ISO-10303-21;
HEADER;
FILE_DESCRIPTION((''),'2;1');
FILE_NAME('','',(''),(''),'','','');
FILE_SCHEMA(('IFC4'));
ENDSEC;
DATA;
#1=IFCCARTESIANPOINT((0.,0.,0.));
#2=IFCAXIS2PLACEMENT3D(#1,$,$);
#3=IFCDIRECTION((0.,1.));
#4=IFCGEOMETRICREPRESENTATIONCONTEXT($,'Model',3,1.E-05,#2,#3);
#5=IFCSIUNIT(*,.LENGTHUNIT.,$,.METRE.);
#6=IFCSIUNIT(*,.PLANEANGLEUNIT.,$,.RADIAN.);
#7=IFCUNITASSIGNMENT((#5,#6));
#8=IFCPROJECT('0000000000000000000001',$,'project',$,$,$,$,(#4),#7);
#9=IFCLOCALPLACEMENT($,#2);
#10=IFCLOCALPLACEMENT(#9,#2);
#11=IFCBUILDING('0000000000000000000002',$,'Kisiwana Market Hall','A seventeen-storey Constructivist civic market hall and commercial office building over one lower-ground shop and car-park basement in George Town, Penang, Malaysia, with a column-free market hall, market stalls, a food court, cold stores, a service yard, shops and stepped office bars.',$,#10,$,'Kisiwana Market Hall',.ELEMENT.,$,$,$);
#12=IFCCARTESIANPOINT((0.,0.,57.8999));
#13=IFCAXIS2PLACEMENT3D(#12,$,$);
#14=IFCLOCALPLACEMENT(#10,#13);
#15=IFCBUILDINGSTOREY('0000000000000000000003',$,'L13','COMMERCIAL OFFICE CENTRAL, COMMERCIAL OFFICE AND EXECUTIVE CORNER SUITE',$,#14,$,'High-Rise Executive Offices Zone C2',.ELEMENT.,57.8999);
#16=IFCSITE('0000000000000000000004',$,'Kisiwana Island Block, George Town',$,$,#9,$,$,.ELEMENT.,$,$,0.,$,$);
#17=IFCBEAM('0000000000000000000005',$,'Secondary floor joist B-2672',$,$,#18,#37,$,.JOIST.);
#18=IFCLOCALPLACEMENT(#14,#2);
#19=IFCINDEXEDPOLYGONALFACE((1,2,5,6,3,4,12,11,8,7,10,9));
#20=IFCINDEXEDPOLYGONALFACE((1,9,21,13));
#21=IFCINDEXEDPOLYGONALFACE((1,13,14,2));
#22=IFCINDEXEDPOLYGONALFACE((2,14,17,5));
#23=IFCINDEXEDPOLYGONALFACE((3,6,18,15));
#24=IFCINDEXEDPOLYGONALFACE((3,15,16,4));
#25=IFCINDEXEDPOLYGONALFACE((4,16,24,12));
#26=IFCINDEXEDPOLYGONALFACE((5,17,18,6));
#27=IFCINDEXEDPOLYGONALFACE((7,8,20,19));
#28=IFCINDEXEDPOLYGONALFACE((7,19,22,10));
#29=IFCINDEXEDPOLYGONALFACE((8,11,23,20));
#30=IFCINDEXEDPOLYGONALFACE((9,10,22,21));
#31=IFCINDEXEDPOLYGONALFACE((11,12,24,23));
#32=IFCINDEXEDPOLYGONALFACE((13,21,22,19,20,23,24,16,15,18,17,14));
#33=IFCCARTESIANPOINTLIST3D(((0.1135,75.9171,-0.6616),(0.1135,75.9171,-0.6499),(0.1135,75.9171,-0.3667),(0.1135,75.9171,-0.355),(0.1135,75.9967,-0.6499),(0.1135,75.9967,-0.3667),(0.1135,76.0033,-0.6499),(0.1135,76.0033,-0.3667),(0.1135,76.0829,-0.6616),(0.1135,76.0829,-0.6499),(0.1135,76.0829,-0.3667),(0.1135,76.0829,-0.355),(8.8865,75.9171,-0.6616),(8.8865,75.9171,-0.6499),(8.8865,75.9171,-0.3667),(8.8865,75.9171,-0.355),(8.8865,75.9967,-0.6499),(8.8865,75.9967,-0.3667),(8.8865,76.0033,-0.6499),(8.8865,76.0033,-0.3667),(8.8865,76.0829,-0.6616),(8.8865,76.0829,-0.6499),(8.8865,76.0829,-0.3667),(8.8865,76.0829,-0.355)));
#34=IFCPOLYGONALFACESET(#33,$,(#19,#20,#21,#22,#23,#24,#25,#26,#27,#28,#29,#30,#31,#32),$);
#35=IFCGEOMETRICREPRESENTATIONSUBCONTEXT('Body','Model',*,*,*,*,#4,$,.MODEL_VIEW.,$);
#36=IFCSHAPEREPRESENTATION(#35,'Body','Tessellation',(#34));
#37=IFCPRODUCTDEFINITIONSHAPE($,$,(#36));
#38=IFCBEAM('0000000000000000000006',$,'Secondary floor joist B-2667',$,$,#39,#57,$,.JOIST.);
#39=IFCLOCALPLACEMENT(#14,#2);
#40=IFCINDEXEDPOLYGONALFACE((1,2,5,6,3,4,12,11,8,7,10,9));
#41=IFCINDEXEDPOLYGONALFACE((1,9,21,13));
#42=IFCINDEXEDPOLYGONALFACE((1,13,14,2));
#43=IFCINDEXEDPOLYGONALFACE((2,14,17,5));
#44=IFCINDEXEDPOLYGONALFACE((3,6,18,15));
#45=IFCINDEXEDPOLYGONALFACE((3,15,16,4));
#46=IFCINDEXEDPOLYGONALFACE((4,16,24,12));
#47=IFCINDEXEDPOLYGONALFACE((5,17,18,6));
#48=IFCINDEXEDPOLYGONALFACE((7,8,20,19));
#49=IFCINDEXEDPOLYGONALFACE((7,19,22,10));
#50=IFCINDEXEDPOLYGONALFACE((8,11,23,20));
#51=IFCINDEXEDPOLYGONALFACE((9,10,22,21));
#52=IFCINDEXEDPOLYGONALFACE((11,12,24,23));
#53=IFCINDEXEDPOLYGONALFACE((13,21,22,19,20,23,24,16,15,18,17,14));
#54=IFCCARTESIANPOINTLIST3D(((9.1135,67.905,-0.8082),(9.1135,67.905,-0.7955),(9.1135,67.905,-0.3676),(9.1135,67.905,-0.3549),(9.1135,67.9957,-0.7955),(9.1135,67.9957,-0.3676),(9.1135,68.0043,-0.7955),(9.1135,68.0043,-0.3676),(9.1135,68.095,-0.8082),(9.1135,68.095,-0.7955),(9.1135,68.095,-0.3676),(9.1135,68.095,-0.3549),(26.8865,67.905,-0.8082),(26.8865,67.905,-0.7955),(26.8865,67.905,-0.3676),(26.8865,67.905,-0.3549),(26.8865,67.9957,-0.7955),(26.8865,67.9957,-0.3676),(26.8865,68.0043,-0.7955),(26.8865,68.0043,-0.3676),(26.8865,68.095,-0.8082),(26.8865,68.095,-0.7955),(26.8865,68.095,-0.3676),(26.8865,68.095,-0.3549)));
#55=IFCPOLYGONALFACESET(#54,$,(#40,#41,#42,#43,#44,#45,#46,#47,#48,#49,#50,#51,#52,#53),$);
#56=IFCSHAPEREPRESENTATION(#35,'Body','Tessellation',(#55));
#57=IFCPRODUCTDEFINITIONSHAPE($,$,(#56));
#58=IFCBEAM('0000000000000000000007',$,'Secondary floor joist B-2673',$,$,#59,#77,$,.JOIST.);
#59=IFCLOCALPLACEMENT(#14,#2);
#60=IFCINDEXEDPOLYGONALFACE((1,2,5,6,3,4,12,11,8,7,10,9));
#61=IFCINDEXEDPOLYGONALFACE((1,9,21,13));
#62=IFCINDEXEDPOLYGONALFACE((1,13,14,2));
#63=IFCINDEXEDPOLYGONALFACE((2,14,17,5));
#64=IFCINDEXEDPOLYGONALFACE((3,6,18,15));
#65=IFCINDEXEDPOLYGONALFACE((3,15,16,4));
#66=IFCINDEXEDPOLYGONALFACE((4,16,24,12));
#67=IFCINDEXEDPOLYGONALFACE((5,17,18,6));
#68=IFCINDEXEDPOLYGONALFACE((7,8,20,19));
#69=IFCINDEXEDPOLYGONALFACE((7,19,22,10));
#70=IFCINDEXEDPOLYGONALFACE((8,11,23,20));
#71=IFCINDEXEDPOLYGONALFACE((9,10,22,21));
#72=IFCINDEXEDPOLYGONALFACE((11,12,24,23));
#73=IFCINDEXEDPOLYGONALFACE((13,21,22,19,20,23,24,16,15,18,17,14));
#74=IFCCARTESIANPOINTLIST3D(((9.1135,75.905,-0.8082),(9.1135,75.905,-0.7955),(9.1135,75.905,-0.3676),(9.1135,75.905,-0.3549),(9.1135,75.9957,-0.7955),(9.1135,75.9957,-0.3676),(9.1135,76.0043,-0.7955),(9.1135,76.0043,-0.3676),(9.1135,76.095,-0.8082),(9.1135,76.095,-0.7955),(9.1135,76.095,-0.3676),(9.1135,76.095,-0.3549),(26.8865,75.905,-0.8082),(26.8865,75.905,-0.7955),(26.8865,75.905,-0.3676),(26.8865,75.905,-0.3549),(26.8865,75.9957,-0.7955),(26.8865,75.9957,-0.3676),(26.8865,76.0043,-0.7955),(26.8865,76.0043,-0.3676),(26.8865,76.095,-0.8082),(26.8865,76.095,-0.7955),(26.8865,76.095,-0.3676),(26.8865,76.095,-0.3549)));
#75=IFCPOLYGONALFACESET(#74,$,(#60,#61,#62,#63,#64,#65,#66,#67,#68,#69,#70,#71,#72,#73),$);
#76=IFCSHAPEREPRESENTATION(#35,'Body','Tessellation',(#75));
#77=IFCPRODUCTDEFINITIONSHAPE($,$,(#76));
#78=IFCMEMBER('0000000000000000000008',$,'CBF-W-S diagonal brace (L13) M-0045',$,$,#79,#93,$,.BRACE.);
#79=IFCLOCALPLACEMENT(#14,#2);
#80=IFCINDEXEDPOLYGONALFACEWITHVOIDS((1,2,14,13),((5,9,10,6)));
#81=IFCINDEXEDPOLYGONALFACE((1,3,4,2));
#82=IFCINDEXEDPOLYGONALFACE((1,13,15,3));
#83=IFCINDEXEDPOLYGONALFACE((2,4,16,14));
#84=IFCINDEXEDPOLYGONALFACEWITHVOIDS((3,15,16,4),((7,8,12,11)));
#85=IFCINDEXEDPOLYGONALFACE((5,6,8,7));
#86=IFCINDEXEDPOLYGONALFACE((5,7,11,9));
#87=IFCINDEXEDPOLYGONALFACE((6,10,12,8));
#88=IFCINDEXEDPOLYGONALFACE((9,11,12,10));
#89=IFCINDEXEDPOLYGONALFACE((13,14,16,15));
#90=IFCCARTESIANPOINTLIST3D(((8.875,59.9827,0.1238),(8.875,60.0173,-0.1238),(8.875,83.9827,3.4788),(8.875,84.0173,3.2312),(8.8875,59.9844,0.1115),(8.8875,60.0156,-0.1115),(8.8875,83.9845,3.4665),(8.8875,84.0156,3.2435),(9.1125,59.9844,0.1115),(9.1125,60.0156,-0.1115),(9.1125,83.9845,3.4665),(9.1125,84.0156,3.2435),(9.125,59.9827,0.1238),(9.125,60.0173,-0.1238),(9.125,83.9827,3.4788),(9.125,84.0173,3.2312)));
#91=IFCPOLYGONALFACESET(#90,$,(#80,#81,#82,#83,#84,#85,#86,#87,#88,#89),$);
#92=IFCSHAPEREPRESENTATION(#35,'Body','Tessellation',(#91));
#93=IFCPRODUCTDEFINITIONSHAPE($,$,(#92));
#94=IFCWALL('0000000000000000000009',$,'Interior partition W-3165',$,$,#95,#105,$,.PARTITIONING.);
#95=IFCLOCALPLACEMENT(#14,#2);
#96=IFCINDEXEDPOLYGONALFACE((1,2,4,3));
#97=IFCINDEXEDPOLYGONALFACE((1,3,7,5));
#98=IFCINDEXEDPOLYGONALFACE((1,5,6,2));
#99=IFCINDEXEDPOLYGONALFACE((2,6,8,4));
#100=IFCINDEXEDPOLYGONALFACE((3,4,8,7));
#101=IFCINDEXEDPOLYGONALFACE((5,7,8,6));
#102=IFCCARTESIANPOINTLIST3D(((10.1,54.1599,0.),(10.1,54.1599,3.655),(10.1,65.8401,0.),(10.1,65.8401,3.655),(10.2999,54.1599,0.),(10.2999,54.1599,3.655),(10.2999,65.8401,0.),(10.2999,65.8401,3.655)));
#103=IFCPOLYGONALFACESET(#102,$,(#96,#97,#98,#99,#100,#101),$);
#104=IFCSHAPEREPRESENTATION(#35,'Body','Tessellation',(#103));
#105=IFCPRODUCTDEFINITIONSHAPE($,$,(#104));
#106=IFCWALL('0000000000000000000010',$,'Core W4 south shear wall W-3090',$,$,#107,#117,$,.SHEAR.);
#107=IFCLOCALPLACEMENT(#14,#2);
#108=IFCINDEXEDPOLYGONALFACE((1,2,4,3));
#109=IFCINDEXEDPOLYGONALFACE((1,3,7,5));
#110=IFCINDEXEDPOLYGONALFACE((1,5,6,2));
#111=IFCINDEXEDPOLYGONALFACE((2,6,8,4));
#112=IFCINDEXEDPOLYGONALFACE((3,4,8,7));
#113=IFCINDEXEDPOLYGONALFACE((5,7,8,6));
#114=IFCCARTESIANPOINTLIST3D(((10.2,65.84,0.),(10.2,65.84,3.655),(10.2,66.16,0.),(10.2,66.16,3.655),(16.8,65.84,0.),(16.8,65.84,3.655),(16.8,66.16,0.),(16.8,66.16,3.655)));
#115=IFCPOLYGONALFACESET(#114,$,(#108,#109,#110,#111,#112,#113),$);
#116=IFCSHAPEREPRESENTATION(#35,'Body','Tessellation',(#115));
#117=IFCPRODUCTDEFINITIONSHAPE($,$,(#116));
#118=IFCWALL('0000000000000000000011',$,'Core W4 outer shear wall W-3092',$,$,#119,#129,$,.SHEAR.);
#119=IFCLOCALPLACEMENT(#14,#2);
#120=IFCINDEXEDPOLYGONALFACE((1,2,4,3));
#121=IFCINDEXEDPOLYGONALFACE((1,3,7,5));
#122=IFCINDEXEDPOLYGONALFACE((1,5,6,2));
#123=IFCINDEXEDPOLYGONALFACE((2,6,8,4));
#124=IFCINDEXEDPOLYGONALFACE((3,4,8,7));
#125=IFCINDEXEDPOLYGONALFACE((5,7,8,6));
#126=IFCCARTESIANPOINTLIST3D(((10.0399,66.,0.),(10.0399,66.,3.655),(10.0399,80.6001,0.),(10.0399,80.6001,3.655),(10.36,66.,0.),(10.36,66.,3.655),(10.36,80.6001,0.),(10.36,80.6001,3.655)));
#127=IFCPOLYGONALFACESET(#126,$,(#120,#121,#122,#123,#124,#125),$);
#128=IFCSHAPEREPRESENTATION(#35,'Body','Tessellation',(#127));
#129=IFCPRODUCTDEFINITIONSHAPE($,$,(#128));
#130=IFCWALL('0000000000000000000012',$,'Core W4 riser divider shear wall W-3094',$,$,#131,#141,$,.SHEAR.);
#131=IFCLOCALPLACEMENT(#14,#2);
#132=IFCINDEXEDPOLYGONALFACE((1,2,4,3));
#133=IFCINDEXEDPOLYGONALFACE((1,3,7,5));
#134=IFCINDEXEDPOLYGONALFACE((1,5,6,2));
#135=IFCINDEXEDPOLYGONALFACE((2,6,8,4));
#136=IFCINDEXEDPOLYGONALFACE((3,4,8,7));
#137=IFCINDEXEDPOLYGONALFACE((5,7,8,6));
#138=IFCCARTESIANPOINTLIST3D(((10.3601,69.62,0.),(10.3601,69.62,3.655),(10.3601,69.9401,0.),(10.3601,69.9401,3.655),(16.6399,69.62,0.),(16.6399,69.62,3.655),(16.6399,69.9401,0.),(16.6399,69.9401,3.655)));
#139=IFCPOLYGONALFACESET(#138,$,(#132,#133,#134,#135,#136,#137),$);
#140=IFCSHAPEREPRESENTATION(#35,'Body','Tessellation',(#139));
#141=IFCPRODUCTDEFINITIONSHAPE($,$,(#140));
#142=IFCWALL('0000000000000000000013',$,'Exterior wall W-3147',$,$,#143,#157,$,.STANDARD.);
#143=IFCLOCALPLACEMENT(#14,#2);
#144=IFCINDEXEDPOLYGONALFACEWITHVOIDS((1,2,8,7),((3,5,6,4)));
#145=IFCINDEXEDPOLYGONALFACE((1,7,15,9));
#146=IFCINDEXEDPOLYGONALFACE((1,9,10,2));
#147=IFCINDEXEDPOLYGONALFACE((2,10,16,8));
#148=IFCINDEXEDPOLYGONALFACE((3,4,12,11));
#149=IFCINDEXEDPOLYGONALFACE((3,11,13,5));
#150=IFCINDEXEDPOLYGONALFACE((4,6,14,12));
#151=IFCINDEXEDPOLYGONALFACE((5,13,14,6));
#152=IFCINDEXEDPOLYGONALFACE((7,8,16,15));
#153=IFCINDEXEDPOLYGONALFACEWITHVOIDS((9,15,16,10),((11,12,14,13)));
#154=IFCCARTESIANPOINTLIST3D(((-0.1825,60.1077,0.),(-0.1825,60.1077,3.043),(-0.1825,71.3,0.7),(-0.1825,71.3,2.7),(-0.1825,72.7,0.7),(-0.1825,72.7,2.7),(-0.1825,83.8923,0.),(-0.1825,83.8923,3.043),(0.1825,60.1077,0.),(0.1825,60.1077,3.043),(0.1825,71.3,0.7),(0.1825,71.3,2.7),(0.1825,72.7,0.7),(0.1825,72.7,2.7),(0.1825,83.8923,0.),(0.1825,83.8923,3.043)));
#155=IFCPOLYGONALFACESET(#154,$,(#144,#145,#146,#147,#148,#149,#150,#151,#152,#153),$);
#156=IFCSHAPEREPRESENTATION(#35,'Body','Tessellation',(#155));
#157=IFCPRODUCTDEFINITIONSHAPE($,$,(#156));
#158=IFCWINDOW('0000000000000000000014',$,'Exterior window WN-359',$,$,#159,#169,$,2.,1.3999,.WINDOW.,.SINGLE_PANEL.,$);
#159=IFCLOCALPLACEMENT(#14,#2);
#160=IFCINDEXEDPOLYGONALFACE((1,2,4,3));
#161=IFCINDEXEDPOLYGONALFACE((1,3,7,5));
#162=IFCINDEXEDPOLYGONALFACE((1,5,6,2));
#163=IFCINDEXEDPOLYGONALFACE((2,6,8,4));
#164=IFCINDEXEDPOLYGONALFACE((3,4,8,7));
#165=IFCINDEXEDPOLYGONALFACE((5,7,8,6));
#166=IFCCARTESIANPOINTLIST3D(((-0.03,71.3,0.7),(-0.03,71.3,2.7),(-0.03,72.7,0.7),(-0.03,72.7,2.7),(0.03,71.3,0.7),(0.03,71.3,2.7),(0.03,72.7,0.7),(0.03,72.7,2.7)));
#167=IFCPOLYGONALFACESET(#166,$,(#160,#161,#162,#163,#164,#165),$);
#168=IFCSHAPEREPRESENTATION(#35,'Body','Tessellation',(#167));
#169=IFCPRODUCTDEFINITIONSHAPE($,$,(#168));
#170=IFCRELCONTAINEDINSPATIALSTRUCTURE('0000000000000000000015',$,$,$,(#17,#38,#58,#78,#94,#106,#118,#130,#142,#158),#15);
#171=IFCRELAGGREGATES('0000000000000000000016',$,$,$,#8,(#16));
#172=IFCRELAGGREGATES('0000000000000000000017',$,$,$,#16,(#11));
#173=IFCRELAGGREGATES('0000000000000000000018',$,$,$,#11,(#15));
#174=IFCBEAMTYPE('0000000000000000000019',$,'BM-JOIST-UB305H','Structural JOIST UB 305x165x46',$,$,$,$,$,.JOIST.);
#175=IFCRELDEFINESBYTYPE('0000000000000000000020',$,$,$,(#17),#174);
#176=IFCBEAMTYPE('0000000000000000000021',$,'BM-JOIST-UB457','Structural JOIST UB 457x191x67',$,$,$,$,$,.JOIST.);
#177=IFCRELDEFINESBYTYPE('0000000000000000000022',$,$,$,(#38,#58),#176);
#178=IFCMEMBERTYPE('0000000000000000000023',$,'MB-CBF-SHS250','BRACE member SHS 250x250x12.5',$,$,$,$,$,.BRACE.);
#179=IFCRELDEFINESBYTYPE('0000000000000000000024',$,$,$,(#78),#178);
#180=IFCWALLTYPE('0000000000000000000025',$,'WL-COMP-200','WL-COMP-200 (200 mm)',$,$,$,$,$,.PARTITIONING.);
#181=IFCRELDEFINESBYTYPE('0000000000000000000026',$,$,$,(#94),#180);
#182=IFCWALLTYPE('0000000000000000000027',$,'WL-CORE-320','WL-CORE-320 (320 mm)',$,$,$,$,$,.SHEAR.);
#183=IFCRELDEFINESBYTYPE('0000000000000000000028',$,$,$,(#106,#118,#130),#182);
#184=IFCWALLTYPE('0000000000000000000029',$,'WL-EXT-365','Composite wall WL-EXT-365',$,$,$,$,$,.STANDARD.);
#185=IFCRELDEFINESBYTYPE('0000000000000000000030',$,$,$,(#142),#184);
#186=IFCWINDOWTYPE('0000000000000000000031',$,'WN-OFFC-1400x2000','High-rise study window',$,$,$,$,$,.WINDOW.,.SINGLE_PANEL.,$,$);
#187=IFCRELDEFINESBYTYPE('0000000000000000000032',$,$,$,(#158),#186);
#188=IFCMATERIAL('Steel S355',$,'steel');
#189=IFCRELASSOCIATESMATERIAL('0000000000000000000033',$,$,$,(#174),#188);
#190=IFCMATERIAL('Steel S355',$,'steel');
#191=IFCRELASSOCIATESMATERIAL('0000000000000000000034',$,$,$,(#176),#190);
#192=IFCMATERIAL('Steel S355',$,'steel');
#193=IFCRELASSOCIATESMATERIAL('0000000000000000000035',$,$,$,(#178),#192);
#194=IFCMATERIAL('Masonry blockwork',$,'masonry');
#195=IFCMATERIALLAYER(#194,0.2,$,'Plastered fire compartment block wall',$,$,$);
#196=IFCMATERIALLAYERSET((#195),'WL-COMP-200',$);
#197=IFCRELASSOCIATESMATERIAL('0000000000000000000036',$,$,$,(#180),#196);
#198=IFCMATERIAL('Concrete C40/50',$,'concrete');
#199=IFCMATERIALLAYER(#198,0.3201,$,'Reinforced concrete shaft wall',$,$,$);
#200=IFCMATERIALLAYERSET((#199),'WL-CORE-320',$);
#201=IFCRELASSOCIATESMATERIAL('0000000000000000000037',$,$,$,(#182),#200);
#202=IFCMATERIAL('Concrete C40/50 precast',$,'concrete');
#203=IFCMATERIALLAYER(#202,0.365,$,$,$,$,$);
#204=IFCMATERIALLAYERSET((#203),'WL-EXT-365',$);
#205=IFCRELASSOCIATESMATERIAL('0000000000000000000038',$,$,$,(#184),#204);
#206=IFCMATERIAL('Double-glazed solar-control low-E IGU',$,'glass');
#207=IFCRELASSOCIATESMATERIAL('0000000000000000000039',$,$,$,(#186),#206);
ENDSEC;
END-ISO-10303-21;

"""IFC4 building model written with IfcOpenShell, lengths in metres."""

from ifc_helpers import new_model, si_unit, direction, frame, frame_2d, origin, origin_2d, place, context, subcontext, project, spatial, rectangle, hollow_rectangle, i_section, extrude, material, layer, layer_set, material_profile, profile_set, type_object, element, fill, save


model = new_model("IFC4")

# Units and contexts
model_context = context("Model", 3, precision=1e-05, world=origin(), true_north=direction((0.0, 1.0)))
body_context = subcontext(model_context, "Body", "Model", "MODEL_VIEW")
ifc_project = project(units=[si_unit("LENGTHUNIT", "METRE"), si_unit("PLANEANGLEUNIT", "RADIAN")], contexts=[model_context])

# Site, building, storey
site_placement = place(None, origin())
site = spatial("IfcSite", under=ifc_project, at=site_placement, Name="Kisiwana Island Block, George Town", CompositionType="ELEMENT", RefElevation=0.0)
building_placement = place(site_placement, origin())
building = spatial("IfcBuilding", under=site, at=building_placement, Name="Kisiwana Market Hall", Description="A seventeen-storey Constructivist civic market hall and commercial office building over one lower-ground shop and car-park basement in George Town, Penang, Malaysia, with a column-free market hall, market stalls, a food court, cold stores, a service yard, shops and stepped office bars.", LongName="Kisiwana Market Hall", CompositionType="ELEMENT")
storey_placement = place(building_placement, frame((0.0, 0.0, 57.8999)))
storey = spatial("IfcBuildingStorey", under=building, at=storey_placement, Name="L13", Description="COMMERCIAL OFFICE CENTRAL, COMMERCIAL OFFICE AND EXECUTIVE CORNER SUITE", LongName="High-Rise Executive Offices Zone C2", CompositionType="ELEMENT", Elevation=57.8999)

# Beams
ifc_material_1 = material(Name="Steel S355", Category="steel")
ifc_material_profile_1 = material_profile(ifc_material_1, i_section(OverallWidth=0.1658, OverallDepth=0.3066, WebThickness=0.0066, FlangeThickness=0.0117, at=origin_2d()), Name="UB 305x165x46")
ifc_profile_set_1 = profile_set([ifc_material_profile_1], Name="Steel S355")
beam_type_1 = type_object("IfcBeamType", Name="BM-JOIST-UB305H", Description="Structural JOIST UB 305x165x46", PredefinedType="JOIST", material=ifc_profile_set_1)
for number, where, z_axis, x_axis, name in (
    (1, (0.1135, 76.0, -0.5083), (1.0, 0.0, 0.0), (0.0, 1.0, 0.0), "Secondary floor joist B-2672"),
):
    element("IfcBeam", number, at=place(storey_placement, frame(where, z_axis=z_axis, x_axis=x_axis)), inside=storey, type_object=beam_type_1, Name=name, PredefinedType="JOIST", context=body_context, shape_type="SweptSolid", body=[
        extrude(i_section(OverallWidth=0.1658, OverallDepth=0.3066, WebThickness=0.0066, FlangeThickness=0.0117, at=origin_2d()), origin(), (0.0, 0.0, 1.0), 8.7729),
    ])
ifc_material_2 = material(Name="Steel S355", Category="steel")
ifc_material_profile_2 = material_profile(ifc_material_2, i_section(OverallWidth=0.1899, OverallDepth=0.4534, WebThickness=0.0085, FlangeThickness=0.0127, at=origin_2d()), Name="UB 457x191x67")
ifc_profile_set_2 = profile_set([ifc_material_profile_2], Name="Steel S355")
beam_type_2 = type_object("IfcBeamType", Name="BM-JOIST-UB457", Description="Structural JOIST UB 457x191x67", PredefinedType="JOIST", material=ifc_profile_set_2)
for number, where, z_axis, x_axis, name in (
    (2, (9.1135, 68.0, -0.5815), (1.0, 0.0, 0.0), (0.0, 1.0, 0.0), "Secondary floor joist B-2667"),
    (3, (9.1135, 76.0, -0.5815), (1.0, 0.0, 0.0), (0.0, 1.0, 0.0), "Secondary floor joist B-2673"),
):
    element("IfcBeam", number, at=place(storey_placement, frame(where, z_axis=z_axis, x_axis=x_axis)), inside=storey, type_object=beam_type_2, Name=name, PredefinedType="JOIST", context=body_context, shape_type="SweptSolid", body=[
        extrude(i_section(OverallWidth=0.1899, OverallDepth=0.4534, WebThickness=0.0085, FlangeThickness=0.0127, at=origin_2d()), origin(), (0.0, 0.0, 1.0), 17.7729),
    ])

# Member
ifc_material_3 = material(Name="Steel S355", Category="steel")
ifc_material_profile_3 = material_profile(ifc_material_3, hollow_rectangle(XDim=0.25, YDim=0.25, WallThickness=0.0125, at=origin_2d()), Name="SHS 250x250x12.5")
ifc_profile_set_3 = profile_set([ifc_material_profile_3], Name="Steel S355")
member_type = type_object("IfcMemberType", Name="MB-CBF-SHS250", Description="BRACE member SHS 250x250x12.5", PredefinedType="BRACE", material=ifc_profile_set_3)
member_placement = place(storey_placement, frame((9.0, 60.0, 0.0), z_axis=(0.0, 0.99037, 0.138445), x_axis=(-1.0, 0.0, 0.0)))
element("IfcMember", 4, at=member_placement, inside=storey, type_object=member_type, Name="CBF-W-S diagonal brace (L13) M-0045", PredefinedType="BRACE", context=body_context, shape_type="SweptSolid", body=[
    extrude(hollow_rectangle(XDim=0.25, YDim=0.25, WallThickness=0.0125, at=origin_2d()), origin(), (0.0, 0.0, 1.0), 24.2334),
])

# Walls
ifc_material_4 = material(Name="Masonry blockwork", Category="masonry")
ifc_layer_1 = layer(ifc_material_4, 0.2, Name="Plastered fire compartment block wall")
ifc_layer_set_1 = layer_set([ifc_layer_1], Name="WL-COMP-200")
wall_type_1 = type_object("IfcWallType", Name="WL-COMP-200", Description="WL-COMP-200 (200 mm)", PredefinedType="PARTITIONING", material=ifc_layer_set_1)
wall_1_placement = place(storey_placement, frame((10.2, 54.1599, 0.0), z_axis=(0.0, 0.0, 1.0), x_axis=(0.0, 1.0, 0.0)))
element("IfcWall", 5, at=wall_1_placement, inside=storey, type_object=wall_type_1, Name="Interior partition W-3165", PredefinedType="PARTITIONING", context=body_context, shape_type="SweptSolid", body=[
    extrude(rectangle(XDim=11.6802, YDim=0.2, at=frame_2d((5.8401, 0.0))), origin(), (0.0, 0.0, 1.0), 3.655),
])
ifc_material_5 = material(Name="Concrete C40/50", Category="concrete")
ifc_layer_2 = layer(ifc_material_5, 0.3201, Name="Reinforced concrete shaft wall")
ifc_layer_set_2 = layer_set([ifc_layer_2], Name="WL-CORE-320")
wall_type_2 = type_object("IfcWallType", Name="WL-CORE-320", Description="WL-CORE-320 (320 mm)", PredefinedType="SHEAR", material=ifc_layer_set_2)
wall_2_placement = place(storey_placement, frame((10.2, 66.0, 0.0), z_axis=(0.0, 0.0, 1.0), x_axis=(1.0, 0.0, 0.0)))
element("IfcWall", 6, at=wall_2_placement, inside=storey, type_object=wall_type_2, Name="Core W4 south shear wall W-3090", PredefinedType="SHEAR", context=body_context, shape_type="SweptSolid", body=[
    extrude(rectangle(XDim=6.6001, YDim=0.3201, at=frame_2d((3.3, 0.0))), origin(), (0.0, 0.0, 1.0), 3.655),
])
wall_3_placement = place(storey_placement, frame((10.2, 66.0, 0.0), z_axis=(0.0, 0.0, 1.0), x_axis=(0.0, 1.0, 0.0)))
element("IfcWall", 7, at=wall_3_placement, inside=storey, type_object=wall_type_2, Name="Core W4 outer shear wall W-3092", PredefinedType="SHEAR", context=body_context, shape_type="SweptSolid", body=[
    extrude(rectangle(XDim=14.6001, YDim=0.3201, at=frame_2d((7.3, 0.0))), origin(), (0.0, 0.0, 1.0), 3.655),
])
wall_4_placement = place(storey_placement, frame((10.3601, 69.78, 0.0), z_axis=(0.0, 0.0, 1.0), x_axis=(1.0, 0.0, 0.0)))
element("IfcWall", 8, at=wall_4_placement, inside=storey, type_object=wall_type_2, Name="Core W4 riser divider shear wall W-3094", PredefinedType="SHEAR", context=body_context, shape_type="SweptSolid", body=[
    extrude(rectangle(XDim=6.2798, YDim=0.3201, at=frame_2d((3.1399, 0.0))), origin(), (0.0, 0.0, 1.0), 3.655),
])

# Wall, opening, window
ifc_material_6 = material(Name="Concrete C40/50 precast", Category="concrete")
ifc_layer_3 = layer(ifc_material_6, 0.365)
ifc_layer_set_3 = layer_set([ifc_layer_3], Name="WL-EXT-365")
wall_type_3 = type_object("IfcWallType", Name="WL-EXT-365", Description="Composite wall WL-EXT-365", PredefinedType="STANDARD", material=ifc_layer_set_3)
wall_5_placement = place(storey_placement, frame((0.0, 60.1077, 0.0), z_axis=(0.0, 0.0, 1.0), x_axis=(0.0, 1.0, 0.0)))
wall_5 = element("IfcWall", 9, at=wall_5_placement, inside=storey, type_object=wall_type_3, Name="Exterior wall W-3147", PredefinedType="STANDARD", context=body_context, shape_type="SweptSolid", body=[
    extrude(rectangle(XDim=23.7847, YDim=0.365, at=frame_2d((11.8923, 0.0))), origin(), (0.0, 0.0, 1.0), 3.043),
])
opening_placement = place(wall_5_placement, frame((11.1924, 0.0, 0.7)))
opening = element("IfcOpeningElement", 10, at=opening_placement, cuts=wall_5, PredefinedType="OPENING", context=body_context, shape_type="SweptSolid", body=[
    extrude(rectangle(XDim=1.3999, YDim=2.0, at=frame_2d((0.7, 1.0))), frame((0.0, 0.1943, 0.0), z_axis=(0.0, -1.0, 0.0), x_axis=(1.0, 0.0, 0.0)), (0.0, 0.0, 1.0), 0.3889),
])
ifc_material_7 = material(Name="Double-glazed solar-control low-E IGU", Category="glass")
window_type = type_object("IfcWindowType", Name="WN-OFFC-1400x2000", Description="High-rise study window", PartitioningType="SINGLE_PANEL", PredefinedType="WINDOW", material=ifc_material_7)
window_placement = place(opening_placement, origin())
window = element("IfcWindow", 11, at=window_placement, inside=storey, type_object=window_type, Name="Exterior window WN-359", OverallHeight=2.0, OverallWidth=1.3999, PartitioningType="SINGLE_PANEL", PredefinedType="WINDOW", context=body_context, shape_type="SweptSolid", body=[
    extrude(rectangle(XDim=1.3999, YDim=2.0, at=frame_2d((0.7, 1.0))), frame((0.0, 0.03, 0.0), z_axis=(0.0, -1.0, 0.0), x_axis=(1.0, 0.0, 0.0)), (0.0, 0.0, 1.0), 0.0601),
])
fill(opening, window)

save(model, "model.ifc")
